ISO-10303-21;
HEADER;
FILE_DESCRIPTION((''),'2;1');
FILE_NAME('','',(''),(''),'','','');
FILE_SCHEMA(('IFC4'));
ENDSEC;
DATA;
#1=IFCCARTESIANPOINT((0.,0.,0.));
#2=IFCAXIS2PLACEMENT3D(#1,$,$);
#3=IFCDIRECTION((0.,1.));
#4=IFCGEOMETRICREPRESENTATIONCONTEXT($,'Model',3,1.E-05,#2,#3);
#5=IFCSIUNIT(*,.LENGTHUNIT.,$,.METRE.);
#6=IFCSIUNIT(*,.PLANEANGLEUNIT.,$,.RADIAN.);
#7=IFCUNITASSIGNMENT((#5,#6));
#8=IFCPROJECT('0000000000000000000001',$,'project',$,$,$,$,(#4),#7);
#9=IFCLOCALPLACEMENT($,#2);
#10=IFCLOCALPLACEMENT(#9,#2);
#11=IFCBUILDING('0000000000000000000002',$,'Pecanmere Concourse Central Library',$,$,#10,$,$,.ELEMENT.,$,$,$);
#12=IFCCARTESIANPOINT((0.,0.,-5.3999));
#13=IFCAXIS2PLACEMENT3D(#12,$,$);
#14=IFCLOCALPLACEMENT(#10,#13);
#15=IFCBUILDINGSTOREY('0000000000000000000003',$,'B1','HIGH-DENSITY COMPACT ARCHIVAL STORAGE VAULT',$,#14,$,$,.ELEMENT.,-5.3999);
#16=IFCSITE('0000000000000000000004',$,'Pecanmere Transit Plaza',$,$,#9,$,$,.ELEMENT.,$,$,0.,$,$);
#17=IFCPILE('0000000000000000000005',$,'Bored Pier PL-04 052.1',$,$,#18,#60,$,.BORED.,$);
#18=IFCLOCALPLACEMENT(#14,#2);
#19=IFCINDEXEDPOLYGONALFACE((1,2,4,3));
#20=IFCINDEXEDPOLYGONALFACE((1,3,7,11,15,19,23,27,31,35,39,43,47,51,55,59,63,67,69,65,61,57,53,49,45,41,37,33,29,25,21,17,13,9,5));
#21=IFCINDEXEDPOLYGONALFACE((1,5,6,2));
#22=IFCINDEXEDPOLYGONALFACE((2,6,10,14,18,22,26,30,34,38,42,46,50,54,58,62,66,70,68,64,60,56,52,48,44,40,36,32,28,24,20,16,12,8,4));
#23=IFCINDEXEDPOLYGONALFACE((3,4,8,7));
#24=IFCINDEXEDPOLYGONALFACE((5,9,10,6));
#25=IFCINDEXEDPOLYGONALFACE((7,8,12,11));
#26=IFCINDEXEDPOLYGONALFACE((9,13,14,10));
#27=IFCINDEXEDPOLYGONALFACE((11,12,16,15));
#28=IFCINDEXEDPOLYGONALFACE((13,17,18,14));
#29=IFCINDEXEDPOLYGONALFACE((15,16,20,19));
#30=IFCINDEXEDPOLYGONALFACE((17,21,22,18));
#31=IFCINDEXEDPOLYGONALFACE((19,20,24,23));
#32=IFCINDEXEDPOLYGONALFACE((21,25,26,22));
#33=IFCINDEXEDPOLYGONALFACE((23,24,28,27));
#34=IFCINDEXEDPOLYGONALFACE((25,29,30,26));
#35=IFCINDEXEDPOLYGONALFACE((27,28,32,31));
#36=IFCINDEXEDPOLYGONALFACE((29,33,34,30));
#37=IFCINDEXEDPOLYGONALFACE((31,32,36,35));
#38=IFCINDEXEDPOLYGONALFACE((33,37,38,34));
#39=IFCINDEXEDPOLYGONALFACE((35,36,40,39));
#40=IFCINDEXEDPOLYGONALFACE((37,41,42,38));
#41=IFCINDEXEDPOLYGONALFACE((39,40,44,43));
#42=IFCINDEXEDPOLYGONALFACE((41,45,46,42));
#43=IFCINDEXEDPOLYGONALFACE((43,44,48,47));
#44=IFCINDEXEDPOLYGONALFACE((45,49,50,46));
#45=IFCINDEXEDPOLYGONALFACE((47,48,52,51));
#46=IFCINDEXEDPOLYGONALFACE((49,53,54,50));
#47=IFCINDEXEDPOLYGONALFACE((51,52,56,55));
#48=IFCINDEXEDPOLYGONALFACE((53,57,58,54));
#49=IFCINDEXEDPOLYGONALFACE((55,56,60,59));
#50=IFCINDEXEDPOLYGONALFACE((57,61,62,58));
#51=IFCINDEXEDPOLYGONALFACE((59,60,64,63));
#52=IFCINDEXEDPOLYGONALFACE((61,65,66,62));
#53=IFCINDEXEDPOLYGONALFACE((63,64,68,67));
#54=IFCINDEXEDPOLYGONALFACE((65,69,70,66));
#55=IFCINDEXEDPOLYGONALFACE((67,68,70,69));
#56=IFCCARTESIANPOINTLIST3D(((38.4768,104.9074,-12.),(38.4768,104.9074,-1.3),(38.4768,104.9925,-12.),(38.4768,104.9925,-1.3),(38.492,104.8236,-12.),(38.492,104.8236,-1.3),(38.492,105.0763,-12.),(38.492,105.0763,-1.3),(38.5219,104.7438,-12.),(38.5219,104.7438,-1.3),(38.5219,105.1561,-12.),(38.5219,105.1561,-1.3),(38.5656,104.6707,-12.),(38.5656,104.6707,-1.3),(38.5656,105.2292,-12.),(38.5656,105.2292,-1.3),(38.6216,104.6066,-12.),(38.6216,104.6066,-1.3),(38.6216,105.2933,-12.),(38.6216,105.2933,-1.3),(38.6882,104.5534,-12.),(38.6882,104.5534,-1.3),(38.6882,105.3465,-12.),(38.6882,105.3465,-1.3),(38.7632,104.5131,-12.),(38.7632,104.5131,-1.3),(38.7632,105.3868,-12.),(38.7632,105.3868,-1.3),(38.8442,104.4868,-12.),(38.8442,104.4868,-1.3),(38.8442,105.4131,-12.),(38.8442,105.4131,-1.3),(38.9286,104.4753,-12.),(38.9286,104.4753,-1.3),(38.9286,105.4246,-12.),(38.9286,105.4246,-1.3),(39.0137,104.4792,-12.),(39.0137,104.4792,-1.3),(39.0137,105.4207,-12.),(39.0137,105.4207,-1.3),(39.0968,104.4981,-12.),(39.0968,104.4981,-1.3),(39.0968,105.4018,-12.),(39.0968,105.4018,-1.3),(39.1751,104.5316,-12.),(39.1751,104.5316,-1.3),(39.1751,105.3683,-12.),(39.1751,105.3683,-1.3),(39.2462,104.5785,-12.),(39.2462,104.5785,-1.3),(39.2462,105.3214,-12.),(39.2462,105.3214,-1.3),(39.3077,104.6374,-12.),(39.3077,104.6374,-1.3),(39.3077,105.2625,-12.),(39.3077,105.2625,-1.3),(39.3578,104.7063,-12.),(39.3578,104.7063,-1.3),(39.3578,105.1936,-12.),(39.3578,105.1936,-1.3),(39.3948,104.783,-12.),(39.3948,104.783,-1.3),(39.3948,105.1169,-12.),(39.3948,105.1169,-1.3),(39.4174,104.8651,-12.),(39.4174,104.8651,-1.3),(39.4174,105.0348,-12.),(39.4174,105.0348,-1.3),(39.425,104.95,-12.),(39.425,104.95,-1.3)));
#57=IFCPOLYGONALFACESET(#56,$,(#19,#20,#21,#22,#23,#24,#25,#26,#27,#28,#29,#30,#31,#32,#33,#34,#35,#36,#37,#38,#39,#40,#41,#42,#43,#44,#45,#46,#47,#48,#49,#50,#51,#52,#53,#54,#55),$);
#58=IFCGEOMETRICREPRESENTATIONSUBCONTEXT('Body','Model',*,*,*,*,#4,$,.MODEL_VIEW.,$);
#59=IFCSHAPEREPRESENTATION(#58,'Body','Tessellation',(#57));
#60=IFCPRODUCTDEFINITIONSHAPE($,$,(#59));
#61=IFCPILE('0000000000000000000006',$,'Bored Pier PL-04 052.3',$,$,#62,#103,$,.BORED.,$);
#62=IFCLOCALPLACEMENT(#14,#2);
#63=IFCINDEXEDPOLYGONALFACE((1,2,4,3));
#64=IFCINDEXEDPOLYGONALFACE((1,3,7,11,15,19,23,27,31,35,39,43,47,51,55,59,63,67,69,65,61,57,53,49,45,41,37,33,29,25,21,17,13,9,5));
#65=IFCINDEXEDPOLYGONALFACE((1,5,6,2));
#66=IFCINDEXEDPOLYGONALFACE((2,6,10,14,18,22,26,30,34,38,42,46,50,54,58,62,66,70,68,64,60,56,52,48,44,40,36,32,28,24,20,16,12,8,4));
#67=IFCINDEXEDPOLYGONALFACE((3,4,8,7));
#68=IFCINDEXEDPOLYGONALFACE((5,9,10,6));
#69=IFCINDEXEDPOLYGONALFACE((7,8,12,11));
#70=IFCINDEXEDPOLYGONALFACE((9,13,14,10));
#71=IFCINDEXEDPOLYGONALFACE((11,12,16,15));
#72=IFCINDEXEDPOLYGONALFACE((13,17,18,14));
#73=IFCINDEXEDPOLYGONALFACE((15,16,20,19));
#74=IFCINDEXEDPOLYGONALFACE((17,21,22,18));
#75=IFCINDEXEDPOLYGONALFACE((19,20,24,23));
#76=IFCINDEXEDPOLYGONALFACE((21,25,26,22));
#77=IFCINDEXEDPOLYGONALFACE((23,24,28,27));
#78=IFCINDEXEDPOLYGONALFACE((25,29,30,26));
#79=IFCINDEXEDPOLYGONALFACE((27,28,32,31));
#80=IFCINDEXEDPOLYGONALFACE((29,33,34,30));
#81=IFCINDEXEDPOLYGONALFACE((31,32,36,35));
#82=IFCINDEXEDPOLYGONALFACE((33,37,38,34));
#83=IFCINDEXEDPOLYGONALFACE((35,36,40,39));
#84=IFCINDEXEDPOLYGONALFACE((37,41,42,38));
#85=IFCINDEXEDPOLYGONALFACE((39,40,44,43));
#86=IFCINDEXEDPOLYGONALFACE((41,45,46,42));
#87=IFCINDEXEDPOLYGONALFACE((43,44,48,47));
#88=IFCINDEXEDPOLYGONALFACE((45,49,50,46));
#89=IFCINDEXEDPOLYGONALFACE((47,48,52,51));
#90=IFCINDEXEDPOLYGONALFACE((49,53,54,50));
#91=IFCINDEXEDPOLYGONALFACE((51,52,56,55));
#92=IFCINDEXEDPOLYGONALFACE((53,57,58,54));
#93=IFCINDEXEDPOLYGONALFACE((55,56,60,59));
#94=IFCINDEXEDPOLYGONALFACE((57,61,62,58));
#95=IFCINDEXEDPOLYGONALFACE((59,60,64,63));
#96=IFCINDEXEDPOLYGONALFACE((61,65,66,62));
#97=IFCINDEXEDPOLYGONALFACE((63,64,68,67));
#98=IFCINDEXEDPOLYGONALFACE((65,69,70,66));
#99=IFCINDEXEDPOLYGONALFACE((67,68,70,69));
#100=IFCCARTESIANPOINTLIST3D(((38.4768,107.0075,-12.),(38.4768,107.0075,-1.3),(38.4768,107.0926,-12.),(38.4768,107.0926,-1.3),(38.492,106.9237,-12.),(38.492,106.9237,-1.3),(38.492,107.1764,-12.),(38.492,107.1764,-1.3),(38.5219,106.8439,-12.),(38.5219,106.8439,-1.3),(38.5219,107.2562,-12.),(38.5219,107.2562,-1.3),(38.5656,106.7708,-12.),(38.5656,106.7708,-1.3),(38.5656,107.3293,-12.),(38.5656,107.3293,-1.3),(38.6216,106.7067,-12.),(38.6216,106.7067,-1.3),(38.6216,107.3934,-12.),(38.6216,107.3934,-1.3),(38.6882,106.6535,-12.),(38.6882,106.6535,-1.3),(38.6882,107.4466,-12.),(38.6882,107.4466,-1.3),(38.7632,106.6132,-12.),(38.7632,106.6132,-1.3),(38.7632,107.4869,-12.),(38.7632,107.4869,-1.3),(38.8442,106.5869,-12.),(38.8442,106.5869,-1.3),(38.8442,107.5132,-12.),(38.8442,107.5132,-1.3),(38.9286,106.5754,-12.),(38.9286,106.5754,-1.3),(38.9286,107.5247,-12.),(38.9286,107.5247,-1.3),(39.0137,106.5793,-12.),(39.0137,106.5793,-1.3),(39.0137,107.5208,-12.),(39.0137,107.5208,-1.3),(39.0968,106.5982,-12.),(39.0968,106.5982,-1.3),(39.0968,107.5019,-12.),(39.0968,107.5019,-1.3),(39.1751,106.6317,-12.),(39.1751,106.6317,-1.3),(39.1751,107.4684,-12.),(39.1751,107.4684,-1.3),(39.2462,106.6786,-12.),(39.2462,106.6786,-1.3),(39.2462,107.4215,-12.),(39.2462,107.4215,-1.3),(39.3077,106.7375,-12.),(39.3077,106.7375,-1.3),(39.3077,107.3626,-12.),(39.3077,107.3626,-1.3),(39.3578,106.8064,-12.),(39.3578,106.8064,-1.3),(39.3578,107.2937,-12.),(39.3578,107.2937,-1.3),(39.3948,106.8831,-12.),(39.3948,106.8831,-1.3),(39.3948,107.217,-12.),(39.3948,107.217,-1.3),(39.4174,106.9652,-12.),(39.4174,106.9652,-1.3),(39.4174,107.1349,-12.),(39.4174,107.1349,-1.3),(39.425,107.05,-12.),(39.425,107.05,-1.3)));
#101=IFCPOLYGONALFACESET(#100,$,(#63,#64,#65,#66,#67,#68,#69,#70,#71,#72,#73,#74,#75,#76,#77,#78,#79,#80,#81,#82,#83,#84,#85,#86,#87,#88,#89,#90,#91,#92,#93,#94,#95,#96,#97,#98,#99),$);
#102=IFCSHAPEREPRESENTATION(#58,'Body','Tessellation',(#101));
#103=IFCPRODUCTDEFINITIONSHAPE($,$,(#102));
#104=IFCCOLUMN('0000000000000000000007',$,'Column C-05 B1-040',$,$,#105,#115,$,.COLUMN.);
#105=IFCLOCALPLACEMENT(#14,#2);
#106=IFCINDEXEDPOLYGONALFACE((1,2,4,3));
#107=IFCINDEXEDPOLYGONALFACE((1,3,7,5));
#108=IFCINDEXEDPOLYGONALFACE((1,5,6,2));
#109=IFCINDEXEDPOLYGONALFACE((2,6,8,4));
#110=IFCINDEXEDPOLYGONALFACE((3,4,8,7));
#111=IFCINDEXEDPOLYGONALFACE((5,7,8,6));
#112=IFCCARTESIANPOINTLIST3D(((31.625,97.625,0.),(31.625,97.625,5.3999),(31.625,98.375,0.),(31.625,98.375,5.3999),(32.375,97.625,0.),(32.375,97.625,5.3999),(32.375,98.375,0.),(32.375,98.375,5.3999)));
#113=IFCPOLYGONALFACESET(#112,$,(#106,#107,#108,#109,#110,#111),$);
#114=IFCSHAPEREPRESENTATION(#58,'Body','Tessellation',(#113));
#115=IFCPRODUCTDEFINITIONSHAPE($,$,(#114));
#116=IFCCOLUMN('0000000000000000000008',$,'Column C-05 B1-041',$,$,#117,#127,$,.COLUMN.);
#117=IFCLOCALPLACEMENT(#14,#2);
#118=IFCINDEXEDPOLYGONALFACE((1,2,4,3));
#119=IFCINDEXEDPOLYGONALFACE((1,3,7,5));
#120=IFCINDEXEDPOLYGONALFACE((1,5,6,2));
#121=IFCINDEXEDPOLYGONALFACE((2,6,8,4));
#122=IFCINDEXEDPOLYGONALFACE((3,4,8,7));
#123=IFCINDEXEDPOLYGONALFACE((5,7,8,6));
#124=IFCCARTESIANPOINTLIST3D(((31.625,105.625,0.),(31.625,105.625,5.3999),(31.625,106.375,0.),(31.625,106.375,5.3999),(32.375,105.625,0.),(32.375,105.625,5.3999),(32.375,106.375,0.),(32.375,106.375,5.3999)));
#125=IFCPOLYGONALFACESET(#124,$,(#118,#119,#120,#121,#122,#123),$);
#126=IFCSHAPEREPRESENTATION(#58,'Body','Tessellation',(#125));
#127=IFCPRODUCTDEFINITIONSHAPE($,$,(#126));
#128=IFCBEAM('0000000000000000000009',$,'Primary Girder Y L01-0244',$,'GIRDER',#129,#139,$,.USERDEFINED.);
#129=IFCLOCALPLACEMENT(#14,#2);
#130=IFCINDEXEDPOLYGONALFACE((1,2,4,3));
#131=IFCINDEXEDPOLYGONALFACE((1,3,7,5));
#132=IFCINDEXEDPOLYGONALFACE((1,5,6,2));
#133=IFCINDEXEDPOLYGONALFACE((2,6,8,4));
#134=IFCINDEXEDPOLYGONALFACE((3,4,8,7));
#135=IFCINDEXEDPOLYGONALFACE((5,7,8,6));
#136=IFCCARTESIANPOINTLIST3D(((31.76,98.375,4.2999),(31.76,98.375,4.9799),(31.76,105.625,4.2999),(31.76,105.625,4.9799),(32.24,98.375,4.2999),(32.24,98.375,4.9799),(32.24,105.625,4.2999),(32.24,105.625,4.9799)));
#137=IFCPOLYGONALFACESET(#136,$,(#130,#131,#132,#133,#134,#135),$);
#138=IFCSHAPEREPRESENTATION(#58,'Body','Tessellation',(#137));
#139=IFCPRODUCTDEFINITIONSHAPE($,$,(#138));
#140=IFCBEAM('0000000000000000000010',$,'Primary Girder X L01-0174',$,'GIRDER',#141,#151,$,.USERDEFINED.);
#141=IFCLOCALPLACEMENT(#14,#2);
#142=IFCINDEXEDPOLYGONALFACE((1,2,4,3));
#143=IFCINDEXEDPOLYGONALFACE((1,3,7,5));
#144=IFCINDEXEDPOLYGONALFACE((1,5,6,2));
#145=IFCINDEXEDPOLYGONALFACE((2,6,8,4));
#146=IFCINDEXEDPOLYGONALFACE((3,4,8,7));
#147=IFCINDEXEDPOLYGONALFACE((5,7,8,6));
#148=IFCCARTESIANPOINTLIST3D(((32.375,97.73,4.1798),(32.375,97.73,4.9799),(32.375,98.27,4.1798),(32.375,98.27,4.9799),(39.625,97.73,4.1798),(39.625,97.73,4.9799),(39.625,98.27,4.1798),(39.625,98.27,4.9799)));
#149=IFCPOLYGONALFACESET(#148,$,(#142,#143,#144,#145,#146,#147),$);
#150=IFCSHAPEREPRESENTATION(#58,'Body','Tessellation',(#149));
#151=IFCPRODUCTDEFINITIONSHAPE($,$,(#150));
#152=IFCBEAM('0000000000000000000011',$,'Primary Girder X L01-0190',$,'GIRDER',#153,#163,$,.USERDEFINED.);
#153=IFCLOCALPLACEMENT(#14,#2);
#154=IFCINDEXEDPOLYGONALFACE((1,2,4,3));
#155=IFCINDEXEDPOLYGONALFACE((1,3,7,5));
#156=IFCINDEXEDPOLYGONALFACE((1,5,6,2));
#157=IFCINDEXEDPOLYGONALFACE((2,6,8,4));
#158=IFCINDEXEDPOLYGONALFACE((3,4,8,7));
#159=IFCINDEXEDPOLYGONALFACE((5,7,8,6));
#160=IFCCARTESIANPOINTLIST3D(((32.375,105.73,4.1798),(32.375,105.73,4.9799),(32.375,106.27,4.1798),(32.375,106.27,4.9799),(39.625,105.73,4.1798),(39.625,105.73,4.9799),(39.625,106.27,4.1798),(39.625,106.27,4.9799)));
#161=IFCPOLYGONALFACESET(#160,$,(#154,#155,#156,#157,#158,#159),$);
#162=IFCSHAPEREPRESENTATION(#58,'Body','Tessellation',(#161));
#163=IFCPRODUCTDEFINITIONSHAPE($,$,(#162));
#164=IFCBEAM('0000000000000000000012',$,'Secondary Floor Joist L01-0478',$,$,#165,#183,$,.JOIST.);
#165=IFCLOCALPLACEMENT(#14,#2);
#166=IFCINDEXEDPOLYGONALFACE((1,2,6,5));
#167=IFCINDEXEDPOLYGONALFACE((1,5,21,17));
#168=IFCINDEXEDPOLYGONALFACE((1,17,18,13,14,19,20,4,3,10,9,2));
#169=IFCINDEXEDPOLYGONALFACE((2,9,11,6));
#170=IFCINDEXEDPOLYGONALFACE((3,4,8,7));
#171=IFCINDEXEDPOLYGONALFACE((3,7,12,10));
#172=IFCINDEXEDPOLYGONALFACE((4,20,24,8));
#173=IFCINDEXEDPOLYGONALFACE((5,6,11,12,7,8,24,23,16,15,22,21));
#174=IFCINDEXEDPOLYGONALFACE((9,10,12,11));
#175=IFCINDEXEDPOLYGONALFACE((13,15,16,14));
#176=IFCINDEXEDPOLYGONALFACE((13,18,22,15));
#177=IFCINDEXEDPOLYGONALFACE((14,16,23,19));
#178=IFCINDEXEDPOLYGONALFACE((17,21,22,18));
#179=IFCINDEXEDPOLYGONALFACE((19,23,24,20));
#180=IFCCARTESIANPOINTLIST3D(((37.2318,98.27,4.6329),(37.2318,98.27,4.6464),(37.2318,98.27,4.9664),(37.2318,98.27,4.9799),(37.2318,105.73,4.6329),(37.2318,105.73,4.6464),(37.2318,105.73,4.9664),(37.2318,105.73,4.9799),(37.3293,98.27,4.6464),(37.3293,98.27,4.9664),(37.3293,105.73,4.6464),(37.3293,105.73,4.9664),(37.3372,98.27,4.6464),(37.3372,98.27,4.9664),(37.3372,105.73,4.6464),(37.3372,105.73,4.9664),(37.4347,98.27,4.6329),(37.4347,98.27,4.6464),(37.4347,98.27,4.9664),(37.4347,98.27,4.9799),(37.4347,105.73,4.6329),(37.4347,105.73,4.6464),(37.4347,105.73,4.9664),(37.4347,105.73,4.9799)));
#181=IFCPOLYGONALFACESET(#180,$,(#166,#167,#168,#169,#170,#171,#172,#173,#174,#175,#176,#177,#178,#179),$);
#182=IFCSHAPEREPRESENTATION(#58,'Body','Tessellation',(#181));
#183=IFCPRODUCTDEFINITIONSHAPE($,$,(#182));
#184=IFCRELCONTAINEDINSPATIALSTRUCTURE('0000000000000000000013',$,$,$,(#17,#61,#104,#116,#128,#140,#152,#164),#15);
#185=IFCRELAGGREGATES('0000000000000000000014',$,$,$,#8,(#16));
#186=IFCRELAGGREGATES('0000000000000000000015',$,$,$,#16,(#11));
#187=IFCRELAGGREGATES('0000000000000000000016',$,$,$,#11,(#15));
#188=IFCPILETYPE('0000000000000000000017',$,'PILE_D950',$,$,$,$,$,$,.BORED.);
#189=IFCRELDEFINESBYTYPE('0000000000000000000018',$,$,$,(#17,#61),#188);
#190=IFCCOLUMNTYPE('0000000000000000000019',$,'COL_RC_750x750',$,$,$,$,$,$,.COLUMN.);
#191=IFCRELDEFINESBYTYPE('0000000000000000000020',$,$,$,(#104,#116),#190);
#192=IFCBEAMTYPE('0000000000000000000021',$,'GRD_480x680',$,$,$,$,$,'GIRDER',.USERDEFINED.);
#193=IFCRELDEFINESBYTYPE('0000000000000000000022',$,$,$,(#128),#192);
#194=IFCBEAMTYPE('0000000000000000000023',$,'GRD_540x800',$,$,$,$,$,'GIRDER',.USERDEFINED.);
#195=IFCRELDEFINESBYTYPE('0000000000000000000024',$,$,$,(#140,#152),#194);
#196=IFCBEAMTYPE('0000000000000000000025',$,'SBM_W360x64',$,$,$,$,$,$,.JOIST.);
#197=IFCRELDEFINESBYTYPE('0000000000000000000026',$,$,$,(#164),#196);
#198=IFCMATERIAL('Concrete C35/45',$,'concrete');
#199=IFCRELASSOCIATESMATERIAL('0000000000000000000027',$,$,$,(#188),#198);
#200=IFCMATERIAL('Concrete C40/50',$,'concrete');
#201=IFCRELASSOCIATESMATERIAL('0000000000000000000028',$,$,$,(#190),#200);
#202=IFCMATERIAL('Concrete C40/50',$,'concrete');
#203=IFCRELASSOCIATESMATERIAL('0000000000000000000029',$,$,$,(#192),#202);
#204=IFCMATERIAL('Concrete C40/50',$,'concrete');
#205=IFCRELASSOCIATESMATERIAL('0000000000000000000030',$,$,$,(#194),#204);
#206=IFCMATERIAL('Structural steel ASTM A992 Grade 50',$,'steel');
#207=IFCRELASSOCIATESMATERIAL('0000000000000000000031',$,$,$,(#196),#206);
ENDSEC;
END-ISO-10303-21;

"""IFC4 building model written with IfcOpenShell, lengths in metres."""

from ifc_helpers import new_model, si_unit, direction, frame, origin, origin_2d, place, context, subcontext, project, spatial, rectangle, circle, i_section, extrude, material, material_profile, profile_set, type_object, element, save


model = new_model("IFC4")

# Units and contexts
model_context = context("Model", 3, precision=1e-05, world=origin(), true_north=direction((0.0, 1.0)))
body_context = subcontext(model_context, "Body", "Model", "MODEL_VIEW")
ifc_project = project(units=[si_unit("LENGTHUNIT", "METRE"), si_unit("PLANEANGLEUNIT", "RADIAN")], contexts=[model_context])

# Site, building, storey
site_placement = place(None, origin())
site = spatial("IfcSite", under=ifc_project, at=site_placement, Name="Pecanmere Transit Plaza", CompositionType="ELEMENT", RefElevation=0.0)
building_placement = place(site_placement, origin())
building = spatial("IfcBuilding", under=site, at=building_placement, Name="Pecanmere Concourse Central Library", CompositionType="ELEMENT")
storey_placement = place(building_placement, frame((0.0, 0.0, -5.3999)))
storey = spatial("IfcBuildingStorey", under=building, at=storey_placement, Name="B1", Description="HIGH-DENSITY COMPACT ARCHIVAL STORAGE VAULT", CompositionType="ELEMENT", Elevation=-5.3999)

# Piles
ifc_material_1 = material(Name="Concrete C35/45", Category="concrete")
ifc_material_profile_1 = material_profile(ifc_material_1, circle(Radius=0.4751, at=origin_2d()), Name="PIER D950")
ifc_profile_set_1 = profile_set([ifc_material_profile_1], Name="Concrete C35/45")
pile_type = type_object("IfcPileType", Name="PILE_D950", PredefinedType="BORED", material=ifc_profile_set_1)
for number, where, z_axis, x_axis, name in (
    (1, (38.95, 104.95, -1.3), (0.0, 0.0, -1.0), (1.0, 0.0, 0.0), "Bored Pier PL-04 052.1"),
    (2, (38.95, 107.05, -1.3), (0.0, 0.0, -1.0), (1.0, 0.0, 0.0), "Bored Pier PL-04 052.3"),
):
    element("IfcPile", number, at=place(storey_placement, frame(where, z_axis=z_axis, x_axis=x_axis)), inside=storey, type_object=pile_type, Name=name, PredefinedType="BORED", context=body_context, shape_type="SweptSolid", body=[
        extrude(circle(Radius=0.4751, at=origin_2d()), origin(), (0.0, 0.0, 1.0), 10.7),
    ])

# Columns
ifc_material_2 = material(Name="Concrete C40/50", Category="concrete")
ifc_material_profile_2 = material_profile(ifc_material_2, rectangle(XDim=0.75, YDim=0.75, at=origin_2d()), Name="RC 750x750")
ifc_profile_set_2 = profile_set([ifc_material_profile_2], Name="Concrete C40/50")
column_type = type_object("IfcColumnType", Name="COL_RC_750x750", PredefinedType="COLUMN", material=ifc_profile_set_2)
for number, where, z_axis, x_axis, name in (
    (3, (32.0, 98.0, 0.0), (0.0, 0.0, 1.0), (1.0, 0.0, 0.0), "Column C-05 B1-040"),
    (4, (32.0, 106.0, 0.0), (0.0, 0.0, 1.0), (1.0, 0.0, 0.0), "Column C-05 B1-041"),
):
    element("IfcColumn", number, at=place(storey_placement, frame(where, z_axis=z_axis, x_axis=x_axis)), inside=storey, type_object=column_type, Name=name, PredefinedType="COLUMN", context=body_context, shape_type="SweptSolid", body=[
        extrude(rectangle(XDim=0.75, YDim=0.75, at=origin_2d()), origin(), (0.0, 0.0, 1.0), 5.3999),
    ])

# Beams
ifc_material_3 = material(Name="Concrete C40/50", Category="concrete")
ifc_material_profile_3 = material_profile(ifc_material_3, rectangle(XDim=0.48, YDim=0.6799, at=origin_2d()), Name="RC 480x680")
ifc_profile_set_3 = profile_set([ifc_material_profile_3], Name="Concrete C40/50")
beam_type_1 = type_object("IfcBeamType", Name="GRD_480x680", ElementType="GIRDER", PredefinedType="USERDEFINED", material=ifc_profile_set_3)
beam_1_placement = place(storey_placement, frame((32.0, 98.375, 4.6399), z_axis=(0.0, 1.0, 0.0), x_axis=(-1.0, 0.0, 0.0)))
element("IfcBeam", 5, at=beam_1_placement, inside=storey, type_object=beam_type_1, Name="Primary Girder Y L01-0244", ObjectType="GIRDER", PredefinedType="USERDEFINED", context=body_context, shape_type="SweptSolid", body=[
    extrude(rectangle(XDim=0.48, YDim=0.6799, at=origin_2d()), origin(), (0.0, 0.0, 1.0), 7.25),
])
ifc_material_4 = material(Name="Concrete C40/50", Category="concrete")
ifc_material_profile_4 = material_profile(ifc_material_4, rectangle(XDim=0.54, YDim=0.8, at=origin_2d()), Name="RC 540x800")
ifc_profile_set_4 = profile_set([ifc_material_profile_4], Name="Concrete C40/50")
beam_type_2 = type_object("IfcBeamType", Name="GRD_540x800", ElementType="GIRDER", PredefinedType="USERDEFINED", material=ifc_profile_set_4)
for number, where, z_axis, x_axis, name in (
    (6, (32.375, 98.0, 4.5798), (1.0, 0.0, 0.0), (0.0, 1.0, 0.0), "Primary Girder X L01-0174"),
    (7, (32.375, 106.0, 4.5798), (1.0, 0.0, 0.0), (0.0, 1.0, 0.0), "Primary Girder X L01-0190"),
):
    element("IfcBeam", number, at=place(storey_placement, frame(where, z_axis=z_axis, x_axis=x_axis)), inside=storey, type_object=beam_type_2, Name=name, ObjectType="GIRDER", PredefinedType="USERDEFINED", context=body_context, shape_type="SweptSolid", body=[
        extrude(rectangle(XDim=0.54, YDim=0.8, at=origin_2d()), origin(), (0.0, 0.0, 1.0), 7.25),
    ])
ifc_material_5 = material(Name="Structural steel ASTM A992 Grade 50", Category="steel")
ifc_material_profile_5 = material_profile(ifc_material_5, i_section(OverallWidth=0.2029, OverallDepth=0.3469, WebThickness=0.0078, FlangeThickness=0.0134, at=origin_2d()), Name="W360x64")
ifc_profile_set_5 = profile_set([ifc_material_profile_5], Name="Structural steel ASTM A992 Grade 50")
beam_type_3 = type_object("IfcBeamType", Name="SBM_W360x64", PredefinedType="JOIST", material=ifc_profile_set_5)
beam_2_placement = place(storey_placement, frame((37.3333, 98.27, 4.8064), z_axis=(0.0, 1.0, 0.0), x_axis=(-1.0, 0.0, 0.0)))
element("IfcBeam", 8, at=beam_2_placement, inside=storey, type_object=beam_type_3, Name="Secondary Floor Joist L01-0478", PredefinedType="JOIST", context=body_context, shape_type="SweptSolid", body=[
    extrude(i_section(OverallWidth=0.2029, OverallDepth=0.3469, WebThickness=0.0078, FlangeThickness=0.0134, at=origin_2d()), origin(), (0.0, 0.0, 1.0), 7.46),
])

save(model, "model.ifc")
